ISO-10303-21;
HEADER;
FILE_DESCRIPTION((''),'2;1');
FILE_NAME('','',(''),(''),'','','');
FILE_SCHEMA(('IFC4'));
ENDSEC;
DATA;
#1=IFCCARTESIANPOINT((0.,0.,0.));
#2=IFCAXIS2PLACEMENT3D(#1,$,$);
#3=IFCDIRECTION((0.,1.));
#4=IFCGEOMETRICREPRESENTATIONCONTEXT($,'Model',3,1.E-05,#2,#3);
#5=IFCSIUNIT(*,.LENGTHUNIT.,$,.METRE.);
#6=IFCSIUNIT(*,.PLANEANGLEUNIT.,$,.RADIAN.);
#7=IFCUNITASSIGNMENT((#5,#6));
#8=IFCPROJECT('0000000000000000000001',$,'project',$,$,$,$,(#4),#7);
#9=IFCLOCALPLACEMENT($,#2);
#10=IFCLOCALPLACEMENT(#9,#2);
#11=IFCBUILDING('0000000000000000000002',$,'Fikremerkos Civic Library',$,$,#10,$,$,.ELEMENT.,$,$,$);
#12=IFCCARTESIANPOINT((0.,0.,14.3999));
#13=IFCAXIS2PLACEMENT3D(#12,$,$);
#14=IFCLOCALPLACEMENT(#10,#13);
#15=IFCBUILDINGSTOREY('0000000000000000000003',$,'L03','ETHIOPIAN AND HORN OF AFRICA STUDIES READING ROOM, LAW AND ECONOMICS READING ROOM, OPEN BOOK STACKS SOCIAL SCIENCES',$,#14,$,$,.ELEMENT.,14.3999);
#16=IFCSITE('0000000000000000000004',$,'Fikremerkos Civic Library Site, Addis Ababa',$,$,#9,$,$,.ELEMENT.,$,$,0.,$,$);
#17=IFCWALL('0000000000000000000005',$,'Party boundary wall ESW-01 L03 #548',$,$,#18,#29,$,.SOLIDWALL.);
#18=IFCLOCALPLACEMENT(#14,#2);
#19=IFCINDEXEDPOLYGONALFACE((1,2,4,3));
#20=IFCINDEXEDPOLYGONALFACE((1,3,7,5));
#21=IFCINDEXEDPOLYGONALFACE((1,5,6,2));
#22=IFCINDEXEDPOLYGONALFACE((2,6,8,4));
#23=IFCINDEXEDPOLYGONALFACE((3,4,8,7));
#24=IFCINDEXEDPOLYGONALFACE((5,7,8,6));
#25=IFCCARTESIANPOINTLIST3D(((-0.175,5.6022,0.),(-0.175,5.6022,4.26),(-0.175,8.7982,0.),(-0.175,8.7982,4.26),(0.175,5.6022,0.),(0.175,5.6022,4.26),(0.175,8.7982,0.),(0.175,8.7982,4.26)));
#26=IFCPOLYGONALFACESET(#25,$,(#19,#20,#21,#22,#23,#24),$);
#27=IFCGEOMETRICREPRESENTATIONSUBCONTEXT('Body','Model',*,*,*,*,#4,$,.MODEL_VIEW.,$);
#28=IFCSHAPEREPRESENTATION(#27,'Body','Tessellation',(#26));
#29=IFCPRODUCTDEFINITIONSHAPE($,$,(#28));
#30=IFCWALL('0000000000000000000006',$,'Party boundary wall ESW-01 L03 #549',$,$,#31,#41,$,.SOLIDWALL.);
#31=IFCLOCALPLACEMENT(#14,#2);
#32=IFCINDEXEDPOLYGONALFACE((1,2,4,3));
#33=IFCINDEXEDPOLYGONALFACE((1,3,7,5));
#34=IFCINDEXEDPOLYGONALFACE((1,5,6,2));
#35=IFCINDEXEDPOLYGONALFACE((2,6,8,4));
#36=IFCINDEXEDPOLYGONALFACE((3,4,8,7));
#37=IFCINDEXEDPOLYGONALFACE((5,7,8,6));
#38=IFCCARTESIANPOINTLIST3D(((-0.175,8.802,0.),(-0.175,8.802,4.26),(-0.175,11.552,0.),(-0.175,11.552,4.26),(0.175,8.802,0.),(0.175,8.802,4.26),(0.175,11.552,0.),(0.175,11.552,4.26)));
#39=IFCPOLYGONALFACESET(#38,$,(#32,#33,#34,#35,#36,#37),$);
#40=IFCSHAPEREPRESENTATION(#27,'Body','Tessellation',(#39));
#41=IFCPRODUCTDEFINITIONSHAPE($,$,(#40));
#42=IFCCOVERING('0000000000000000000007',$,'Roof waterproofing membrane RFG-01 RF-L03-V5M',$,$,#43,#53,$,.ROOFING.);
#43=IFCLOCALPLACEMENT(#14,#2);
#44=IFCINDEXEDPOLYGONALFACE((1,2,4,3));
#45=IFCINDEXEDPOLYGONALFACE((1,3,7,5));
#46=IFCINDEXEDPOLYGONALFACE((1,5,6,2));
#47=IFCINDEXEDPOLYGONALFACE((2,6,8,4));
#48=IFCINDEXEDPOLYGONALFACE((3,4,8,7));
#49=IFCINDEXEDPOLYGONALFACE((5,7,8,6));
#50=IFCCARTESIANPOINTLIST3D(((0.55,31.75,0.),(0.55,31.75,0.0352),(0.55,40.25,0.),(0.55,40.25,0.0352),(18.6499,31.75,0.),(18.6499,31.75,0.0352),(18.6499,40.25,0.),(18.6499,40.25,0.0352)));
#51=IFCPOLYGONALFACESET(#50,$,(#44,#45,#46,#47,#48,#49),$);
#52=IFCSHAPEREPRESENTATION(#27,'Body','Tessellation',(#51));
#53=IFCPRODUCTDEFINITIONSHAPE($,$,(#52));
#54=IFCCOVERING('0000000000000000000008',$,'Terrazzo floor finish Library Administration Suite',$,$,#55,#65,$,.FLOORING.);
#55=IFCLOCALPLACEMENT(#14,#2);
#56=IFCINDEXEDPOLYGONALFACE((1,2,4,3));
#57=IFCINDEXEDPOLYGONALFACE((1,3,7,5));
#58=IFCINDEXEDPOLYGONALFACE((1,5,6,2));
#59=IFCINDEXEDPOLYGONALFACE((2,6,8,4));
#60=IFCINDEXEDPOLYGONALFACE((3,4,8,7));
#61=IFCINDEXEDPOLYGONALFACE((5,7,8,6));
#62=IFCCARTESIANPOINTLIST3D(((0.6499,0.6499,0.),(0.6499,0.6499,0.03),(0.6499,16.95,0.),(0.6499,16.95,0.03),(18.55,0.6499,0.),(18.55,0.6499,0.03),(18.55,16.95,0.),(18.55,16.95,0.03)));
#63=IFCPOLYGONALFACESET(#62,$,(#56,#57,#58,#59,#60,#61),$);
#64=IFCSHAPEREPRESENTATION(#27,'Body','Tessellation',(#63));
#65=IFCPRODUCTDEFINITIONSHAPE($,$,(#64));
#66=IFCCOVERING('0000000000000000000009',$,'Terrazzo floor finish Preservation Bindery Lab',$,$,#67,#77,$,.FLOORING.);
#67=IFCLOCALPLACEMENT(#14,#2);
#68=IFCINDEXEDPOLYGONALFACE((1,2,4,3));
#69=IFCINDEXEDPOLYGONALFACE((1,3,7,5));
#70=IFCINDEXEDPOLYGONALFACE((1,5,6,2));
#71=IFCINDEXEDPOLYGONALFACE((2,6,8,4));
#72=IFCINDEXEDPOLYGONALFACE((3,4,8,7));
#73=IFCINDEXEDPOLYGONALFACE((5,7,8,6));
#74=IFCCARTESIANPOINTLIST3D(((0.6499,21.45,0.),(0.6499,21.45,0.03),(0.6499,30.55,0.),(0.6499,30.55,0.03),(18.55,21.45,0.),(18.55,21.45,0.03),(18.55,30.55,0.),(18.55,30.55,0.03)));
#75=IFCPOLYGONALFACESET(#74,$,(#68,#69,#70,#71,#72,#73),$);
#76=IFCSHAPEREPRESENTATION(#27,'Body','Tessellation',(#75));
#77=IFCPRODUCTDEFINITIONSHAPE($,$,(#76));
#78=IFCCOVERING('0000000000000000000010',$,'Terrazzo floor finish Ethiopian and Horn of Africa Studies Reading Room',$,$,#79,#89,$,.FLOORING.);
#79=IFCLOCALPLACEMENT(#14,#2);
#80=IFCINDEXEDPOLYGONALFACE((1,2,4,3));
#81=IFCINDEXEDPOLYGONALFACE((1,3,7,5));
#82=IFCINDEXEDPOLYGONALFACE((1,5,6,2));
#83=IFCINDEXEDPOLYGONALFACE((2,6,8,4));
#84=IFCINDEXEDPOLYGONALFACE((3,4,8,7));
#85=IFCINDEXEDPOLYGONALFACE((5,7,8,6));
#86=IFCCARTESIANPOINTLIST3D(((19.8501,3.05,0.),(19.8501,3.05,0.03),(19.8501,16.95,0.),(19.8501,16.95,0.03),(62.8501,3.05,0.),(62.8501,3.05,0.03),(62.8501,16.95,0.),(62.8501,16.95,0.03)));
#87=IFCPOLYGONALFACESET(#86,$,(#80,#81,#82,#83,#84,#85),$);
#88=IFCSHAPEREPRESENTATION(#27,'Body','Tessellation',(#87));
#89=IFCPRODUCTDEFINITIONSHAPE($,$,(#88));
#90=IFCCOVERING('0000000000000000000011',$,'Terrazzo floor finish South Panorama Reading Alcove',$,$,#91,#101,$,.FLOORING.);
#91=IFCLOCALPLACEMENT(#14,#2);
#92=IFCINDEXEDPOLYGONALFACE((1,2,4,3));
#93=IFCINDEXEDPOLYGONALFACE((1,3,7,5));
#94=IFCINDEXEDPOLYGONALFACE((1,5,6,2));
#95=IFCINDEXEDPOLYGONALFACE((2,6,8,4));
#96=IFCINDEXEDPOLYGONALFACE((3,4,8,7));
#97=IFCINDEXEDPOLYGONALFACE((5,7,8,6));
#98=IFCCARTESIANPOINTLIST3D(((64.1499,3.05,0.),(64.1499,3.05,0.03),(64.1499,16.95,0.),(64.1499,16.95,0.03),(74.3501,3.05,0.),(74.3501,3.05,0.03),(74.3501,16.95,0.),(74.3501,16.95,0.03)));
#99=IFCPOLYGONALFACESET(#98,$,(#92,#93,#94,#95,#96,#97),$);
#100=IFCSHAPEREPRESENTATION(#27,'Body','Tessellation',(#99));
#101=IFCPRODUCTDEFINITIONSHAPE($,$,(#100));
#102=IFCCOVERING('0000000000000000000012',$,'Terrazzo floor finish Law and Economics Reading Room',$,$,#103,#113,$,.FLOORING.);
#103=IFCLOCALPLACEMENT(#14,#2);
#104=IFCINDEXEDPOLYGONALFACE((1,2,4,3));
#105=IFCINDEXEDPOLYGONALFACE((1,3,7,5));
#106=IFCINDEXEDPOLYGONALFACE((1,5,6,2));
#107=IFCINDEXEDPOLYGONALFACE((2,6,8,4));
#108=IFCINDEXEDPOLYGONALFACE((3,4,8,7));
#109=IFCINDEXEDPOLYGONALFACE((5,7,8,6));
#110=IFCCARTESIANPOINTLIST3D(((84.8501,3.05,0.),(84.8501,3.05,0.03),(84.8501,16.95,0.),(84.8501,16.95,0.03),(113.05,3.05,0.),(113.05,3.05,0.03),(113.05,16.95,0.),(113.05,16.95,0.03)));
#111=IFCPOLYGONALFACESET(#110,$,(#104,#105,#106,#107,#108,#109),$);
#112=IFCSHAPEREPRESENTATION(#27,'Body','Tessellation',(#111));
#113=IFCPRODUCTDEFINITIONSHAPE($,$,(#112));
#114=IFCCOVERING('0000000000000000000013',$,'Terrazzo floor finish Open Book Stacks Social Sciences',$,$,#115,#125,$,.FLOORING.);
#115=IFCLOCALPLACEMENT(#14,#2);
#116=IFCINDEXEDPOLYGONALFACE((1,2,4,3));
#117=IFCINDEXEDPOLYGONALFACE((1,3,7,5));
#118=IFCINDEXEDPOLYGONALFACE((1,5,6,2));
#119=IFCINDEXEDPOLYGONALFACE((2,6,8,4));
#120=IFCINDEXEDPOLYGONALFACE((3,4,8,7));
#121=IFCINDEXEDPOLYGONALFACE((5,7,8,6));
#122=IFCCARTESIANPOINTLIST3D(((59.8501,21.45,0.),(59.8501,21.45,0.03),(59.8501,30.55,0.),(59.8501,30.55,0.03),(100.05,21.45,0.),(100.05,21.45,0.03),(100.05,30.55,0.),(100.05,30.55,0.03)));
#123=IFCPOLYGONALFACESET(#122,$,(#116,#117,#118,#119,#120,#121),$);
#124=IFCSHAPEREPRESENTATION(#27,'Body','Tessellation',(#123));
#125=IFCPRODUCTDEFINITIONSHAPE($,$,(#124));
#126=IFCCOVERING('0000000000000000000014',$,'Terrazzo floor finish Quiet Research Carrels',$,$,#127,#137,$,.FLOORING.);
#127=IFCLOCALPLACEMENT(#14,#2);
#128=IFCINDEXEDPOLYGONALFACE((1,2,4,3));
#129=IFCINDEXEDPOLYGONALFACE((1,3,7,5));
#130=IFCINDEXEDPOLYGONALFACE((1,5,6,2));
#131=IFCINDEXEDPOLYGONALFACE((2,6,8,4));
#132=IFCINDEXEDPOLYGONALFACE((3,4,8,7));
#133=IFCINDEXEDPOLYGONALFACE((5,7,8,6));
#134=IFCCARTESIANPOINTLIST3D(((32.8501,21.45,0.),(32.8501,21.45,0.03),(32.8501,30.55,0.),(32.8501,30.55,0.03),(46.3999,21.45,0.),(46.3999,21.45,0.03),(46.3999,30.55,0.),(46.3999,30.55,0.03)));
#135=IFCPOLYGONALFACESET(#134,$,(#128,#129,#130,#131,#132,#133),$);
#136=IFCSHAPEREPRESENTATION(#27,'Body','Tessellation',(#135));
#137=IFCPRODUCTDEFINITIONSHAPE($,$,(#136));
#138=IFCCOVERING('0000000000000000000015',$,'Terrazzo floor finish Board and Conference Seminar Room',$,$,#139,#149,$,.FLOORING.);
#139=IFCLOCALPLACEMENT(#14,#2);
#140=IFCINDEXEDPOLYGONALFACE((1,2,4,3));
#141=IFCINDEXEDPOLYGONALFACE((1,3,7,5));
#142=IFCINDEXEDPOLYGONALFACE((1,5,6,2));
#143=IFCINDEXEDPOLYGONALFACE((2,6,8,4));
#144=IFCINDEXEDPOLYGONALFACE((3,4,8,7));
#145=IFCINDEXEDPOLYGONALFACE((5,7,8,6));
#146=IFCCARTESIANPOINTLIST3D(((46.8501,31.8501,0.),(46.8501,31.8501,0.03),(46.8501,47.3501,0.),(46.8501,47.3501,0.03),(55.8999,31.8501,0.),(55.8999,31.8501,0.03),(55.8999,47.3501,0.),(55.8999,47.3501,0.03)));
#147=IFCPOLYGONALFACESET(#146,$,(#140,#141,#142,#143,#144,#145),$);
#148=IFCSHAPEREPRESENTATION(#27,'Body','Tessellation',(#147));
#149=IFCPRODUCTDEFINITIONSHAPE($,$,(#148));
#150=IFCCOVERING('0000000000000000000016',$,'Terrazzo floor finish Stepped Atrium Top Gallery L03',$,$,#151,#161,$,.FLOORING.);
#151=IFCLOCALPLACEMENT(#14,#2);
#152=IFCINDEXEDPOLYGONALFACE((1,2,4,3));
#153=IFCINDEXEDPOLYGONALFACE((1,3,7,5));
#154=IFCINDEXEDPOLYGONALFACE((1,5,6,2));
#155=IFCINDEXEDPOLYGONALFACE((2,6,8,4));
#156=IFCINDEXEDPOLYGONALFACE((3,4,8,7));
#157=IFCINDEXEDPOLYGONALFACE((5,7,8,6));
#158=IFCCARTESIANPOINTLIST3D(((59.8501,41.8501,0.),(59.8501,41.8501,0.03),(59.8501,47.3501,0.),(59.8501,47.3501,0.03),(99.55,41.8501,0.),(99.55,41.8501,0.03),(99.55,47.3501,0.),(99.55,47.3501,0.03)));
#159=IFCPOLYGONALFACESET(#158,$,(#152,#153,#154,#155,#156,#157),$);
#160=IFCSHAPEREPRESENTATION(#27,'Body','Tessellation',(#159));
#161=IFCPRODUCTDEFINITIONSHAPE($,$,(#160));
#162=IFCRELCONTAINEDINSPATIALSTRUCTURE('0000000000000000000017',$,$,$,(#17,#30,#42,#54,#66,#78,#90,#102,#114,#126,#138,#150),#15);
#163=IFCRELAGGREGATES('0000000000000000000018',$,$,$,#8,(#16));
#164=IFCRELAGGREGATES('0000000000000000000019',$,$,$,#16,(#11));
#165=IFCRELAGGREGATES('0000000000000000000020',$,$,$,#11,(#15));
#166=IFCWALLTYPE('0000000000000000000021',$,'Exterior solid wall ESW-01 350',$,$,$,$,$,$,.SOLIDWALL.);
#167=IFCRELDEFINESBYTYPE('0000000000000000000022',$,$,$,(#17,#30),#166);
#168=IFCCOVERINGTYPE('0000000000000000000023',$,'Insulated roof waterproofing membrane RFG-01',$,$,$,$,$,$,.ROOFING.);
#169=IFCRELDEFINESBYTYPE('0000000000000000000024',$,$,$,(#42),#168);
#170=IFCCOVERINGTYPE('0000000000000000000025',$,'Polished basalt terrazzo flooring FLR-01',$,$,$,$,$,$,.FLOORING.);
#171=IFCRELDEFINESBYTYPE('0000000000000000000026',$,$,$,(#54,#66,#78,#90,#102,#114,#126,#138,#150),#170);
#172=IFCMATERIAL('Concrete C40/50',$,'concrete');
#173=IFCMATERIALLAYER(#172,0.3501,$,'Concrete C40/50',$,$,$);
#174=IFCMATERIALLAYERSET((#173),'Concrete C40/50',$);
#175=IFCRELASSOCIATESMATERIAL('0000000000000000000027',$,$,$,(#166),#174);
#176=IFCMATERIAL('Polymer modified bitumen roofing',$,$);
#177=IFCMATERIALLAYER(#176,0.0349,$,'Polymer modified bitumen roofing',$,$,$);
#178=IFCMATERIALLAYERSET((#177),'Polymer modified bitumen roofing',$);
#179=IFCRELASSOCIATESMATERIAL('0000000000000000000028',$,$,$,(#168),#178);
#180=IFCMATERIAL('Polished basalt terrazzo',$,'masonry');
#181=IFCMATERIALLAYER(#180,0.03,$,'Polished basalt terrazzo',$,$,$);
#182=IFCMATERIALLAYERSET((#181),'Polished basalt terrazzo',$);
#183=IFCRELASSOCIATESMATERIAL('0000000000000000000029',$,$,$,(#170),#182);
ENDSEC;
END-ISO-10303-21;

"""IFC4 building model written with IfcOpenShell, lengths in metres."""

from ifc_helpers import new_model, si_unit, direction, frame, frame_2d, origin, place, context, subcontext, project, spatial, polyline, rectangle, outline, extrude, material, layer, layer_set, type_object, element, save


model = new_model("IFC4")

# Units and contexts
model_context = context("Model", 3, precision=1e-05, world=origin(), true_north=direction((0.0, 1.0)))
body_context = subcontext(model_context, "Body", "Model", "MODEL_VIEW")
ifc_project = project(units=[si_unit("LENGTHUNIT", "METRE"), si_unit("PLANEANGLEUNIT", "RADIAN")], contexts=[model_context])

# Site, building, storey
site_placement = place(None, origin())
site = spatial("IfcSite", under=ifc_project, at=site_placement, Name="Fikremerkos Civic Library Site, Addis Ababa", CompositionType="ELEMENT", RefElevation=0.0)
building_placement = place(site_placement, origin())
building = spatial("IfcBuilding", under=site, at=building_placement, Name="Fikremerkos Civic Library", CompositionType="ELEMENT")
storey_placement = place(building_placement, frame((0.0, 0.0, 14.3999)))
storey = spatial("IfcBuildingStorey", under=building, at=storey_placement, Name="L03", Description="ETHIOPIAN AND HORN OF AFRICA STUDIES READING ROOM, LAW AND ECONOMICS READING ROOM, OPEN BOOK STACKS SOCIAL SCIENCES", CompositionType="ELEMENT", Elevation=14.3999)

# Shared definitions
ifc_material_1 = material(Name="Concrete C40/50", Category="concrete")

# Walls
ifc_layer_1 = layer(ifc_material_1, 0.3501, Name="Concrete C40/50")
ifc_layer_set_1 = layer_set([ifc_layer_1], Name="Concrete C40/50")
wall_type = type_object("IfcWallType", Name="Exterior solid wall ESW-01 350", PredefinedType="SOLIDWALL", material=ifc_layer_set_1)
wall_1_placement = place(storey_placement, frame((0.0, 5.6021, 0.0), z_axis=(0.0, 0.0, 1.0), x_axis=(0.0, 1.0, 0.0)))
element("IfcWall", 1, at=wall_1_placement, inside=storey, type_object=wall_type, Name="Party boundary wall ESW-01 L03 #548", PredefinedType="SOLIDWALL", context=body_context, shape_type="SweptSolid", body=[
    extrude(rectangle(XDim=3.196, YDim=0.3501, at=frame_2d((1.5981, 0.0))), origin(), (0.0, 0.0, 1.0), 4.26),
])
wall_2_placement = place(storey_placement, frame((0.0, 8.802, 0.0), z_axis=(0.0, 0.0, 1.0), x_axis=(0.0, 1.0, 0.0)))
element("IfcWall", 2, at=wall_2_placement, inside=storey, type_object=wall_type, Name="Party boundary wall ESW-01 L03 #549", PredefinedType="SOLIDWALL", context=body_context, shape_type="SweptSolid", body=[
    extrude(rectangle(XDim=2.75, YDim=0.3501, at=frame_2d((1.375, 0.0))), origin(), (0.0, 0.0, 1.0), 4.26),
])

# Coverings
ifc_material_2 = material(Name="Polymer modified bitumen roofing")
ifc_layer_2 = layer(ifc_material_2, 0.0349, Name="Polymer modified bitumen roofing")
ifc_layer_set_2 = layer_set([ifc_layer_2], Name="Polymer modified bitumen roofing")
covering_type_1 = type_object("IfcCoveringType", Name="Insulated roof waterproofing membrane RFG-01", PredefinedType="ROOFING", material=ifc_layer_set_2)
covering_1_placement = place(storey_placement, origin())
element("IfcCovering", 3, at=covering_1_placement, inside=storey, type_object=covering_type_1, Name="Roof waterproofing membrane RFG-01 RF-L03-V5M", PredefinedType="ROOFING", context=body_context, shape_type="SweptSolid", body=[
    extrude(outline(polyline([(0.55, 31.75), (18.6499, 31.75), (18.6499, 40.25), (0.55, 40.25), (0.55, 31.75)])), origin(), (0.0, 0.0, 1.0), 0.0352),
])
ifc_material_3 = material(Name="Polished basalt terrazzo", Category="masonry")
ifc_layer_3 = layer(ifc_material_3, 0.03, Name="Polished basalt terrazzo")
ifc_layer_set_3 = layer_set([ifc_layer_3], Name="Polished basalt terrazzo")
covering_type_2 = type_object("IfcCoveringType", Name="Polished basalt terrazzo flooring FLR-01", PredefinedType="FLOORING", material=ifc_layer_set_3)
covering_2_placement = place(storey_placement, origin())
element("IfcCovering", 4, at=covering_2_placement, inside=storey, type_object=covering_type_2, Name="Terrazzo floor finish Library Administration Suite", PredefinedType="FLOORING", context=body_context, shape_type="SweptSolid", body=[
    extrude(outline(polyline([(0.6499, 0.6499), (0.6499, 16.95), (18.55, 16.95), (18.55, 0.6499), (0.6499, 0.6499)])), origin(), (0.0, 0.0, 1.0), 0.03),
])
covering_3_placement = place(storey_placement, origin())
element("IfcCovering", 5, at=covering_3_placement, inside=storey, type_object=covering_type_2, Name="Terrazzo floor finish Preservation Bindery Lab", PredefinedType="FLOORING", context=body_context, shape_type="SweptSolid", body=[
    extrude(outline(polyline([(0.6499, 21.45), (0.6499, 30.55), (18.55, 30.55), (18.55, 21.45), (0.6499, 21.45)])), origin(), (0.0, 0.0, 1.0), 0.03),
])
covering_4_placement = place(storey_placement, origin())
element("IfcCovering", 6, at=covering_4_placement, inside=storey, type_object=covering_type_2, Name="Terrazzo floor finish Ethiopian and Horn of Africa Studies Reading Room", PredefinedType="FLOORING", context=body_context, shape_type="SweptSolid", body=[
    extrude(outline(polyline([(19.8501, 3.05), (19.8501, 16.95), (62.8501, 16.95), (62.8501, 3.05), (19.8501, 3.05)])), origin(), (0.0, 0.0, 1.0), 0.03),
])
covering_5_placement = place(storey_placement, origin())
element("IfcCovering", 7, at=covering_5_placement, inside=storey, type_object=covering_type_2, Name="Terrazzo floor finish South Panorama Reading Alcove", PredefinedType="FLOORING", context=body_context, shape_type="SweptSolid", body=[
    extrude(outline(polyline([(64.1499, 3.05), (64.1499, 16.95), (74.3501, 16.95), (74.3501, 3.05), (64.1499, 3.05)])), origin(), (0.0, 0.0, 1.0), 0.03),
])
covering_6_placement = place(storey_placement, origin())
element("IfcCovering", 8, at=covering_6_placement, inside=storey, type_object=covering_type_2, Name="Terrazzo floor finish Law and Economics Reading Room", PredefinedType="FLOORING", context=body_context, shape_type="SweptSolid", body=[
    extrude(outline(polyline([(84.8501, 3.05), (84.8501, 16.95), (113.05, 16.95), (113.05, 3.05), (84.8501, 3.05)])), origin(), (0.0, 0.0, 1.0), 0.03),
])
covering_7_placement = place(storey_placement, origin())
element("IfcCovering", 9, at=covering_7_placement, inside=storey, type_object=covering_type_2, Name="Terrazzo floor finish Open Book Stacks Social Sciences", PredefinedType="FLOORING", context=body_context, shape_type="SweptSolid", body=[
    extrude(outline(polyline([(59.8501, 21.45), (59.8501, 30.55), (100.05, 30.55), (100.05, 21.45), (59.8501, 21.45)])), origin(), (0.0, 0.0, 1.0), 0.03),
])
covering_8_placement = place(storey_placement, origin())
element("IfcCovering", 10, at=covering_8_placement, inside=storey, type_object=covering_type_2, Name="Terrazzo floor finish Quiet Research Carrels", PredefinedType="FLOORING", context=body_context, shape_type="SweptSolid", body=[
    extrude(outline(polyline([(32.8501, 21.45), (32.8501, 30.55), (46.3999, 30.55), (46.3999, 21.45), (32.8501, 21.45)])), origin(), (0.0, 0.0, 1.0), 0.03),
])
covering_9_placement = place(storey_placement, origin())
element("IfcCovering", 11, at=covering_9_placement, inside=storey, type_object=covering_type_2, Name="Terrazzo floor finish Board and Conference Seminar Room", PredefinedType="FLOORING", context=body_context, shape_type="SweptSolid", body=[
    extrude(outline(polyline([(46.8501, 31.8501), (46.8501, 47.3501), (55.8999, 47.3501), (55.8999, 31.8501), (46.8501, 31.8501)])), origin(), (0.0, 0.0, 1.0), 0.03),
])
covering_10_placement = place(storey_placement, origin())
element("IfcCovering", 12, at=covering_10_placement, inside=storey, type_object=covering_type_2, Name="Terrazzo floor finish Stepped Atrium Top Gallery L03", PredefinedType="FLOORING", context=body_context, shape_type="SweptSolid", body=[
    extrude(outline(polyline([(59.8501, 41.8501), (59.8501, 47.3501), (99.55, 47.3501), (99.55, 41.8501), (59.8501, 41.8501)])), origin(), (0.0, 0.0, 1.0), 0.03),
])

save(model, "model.ifc")
